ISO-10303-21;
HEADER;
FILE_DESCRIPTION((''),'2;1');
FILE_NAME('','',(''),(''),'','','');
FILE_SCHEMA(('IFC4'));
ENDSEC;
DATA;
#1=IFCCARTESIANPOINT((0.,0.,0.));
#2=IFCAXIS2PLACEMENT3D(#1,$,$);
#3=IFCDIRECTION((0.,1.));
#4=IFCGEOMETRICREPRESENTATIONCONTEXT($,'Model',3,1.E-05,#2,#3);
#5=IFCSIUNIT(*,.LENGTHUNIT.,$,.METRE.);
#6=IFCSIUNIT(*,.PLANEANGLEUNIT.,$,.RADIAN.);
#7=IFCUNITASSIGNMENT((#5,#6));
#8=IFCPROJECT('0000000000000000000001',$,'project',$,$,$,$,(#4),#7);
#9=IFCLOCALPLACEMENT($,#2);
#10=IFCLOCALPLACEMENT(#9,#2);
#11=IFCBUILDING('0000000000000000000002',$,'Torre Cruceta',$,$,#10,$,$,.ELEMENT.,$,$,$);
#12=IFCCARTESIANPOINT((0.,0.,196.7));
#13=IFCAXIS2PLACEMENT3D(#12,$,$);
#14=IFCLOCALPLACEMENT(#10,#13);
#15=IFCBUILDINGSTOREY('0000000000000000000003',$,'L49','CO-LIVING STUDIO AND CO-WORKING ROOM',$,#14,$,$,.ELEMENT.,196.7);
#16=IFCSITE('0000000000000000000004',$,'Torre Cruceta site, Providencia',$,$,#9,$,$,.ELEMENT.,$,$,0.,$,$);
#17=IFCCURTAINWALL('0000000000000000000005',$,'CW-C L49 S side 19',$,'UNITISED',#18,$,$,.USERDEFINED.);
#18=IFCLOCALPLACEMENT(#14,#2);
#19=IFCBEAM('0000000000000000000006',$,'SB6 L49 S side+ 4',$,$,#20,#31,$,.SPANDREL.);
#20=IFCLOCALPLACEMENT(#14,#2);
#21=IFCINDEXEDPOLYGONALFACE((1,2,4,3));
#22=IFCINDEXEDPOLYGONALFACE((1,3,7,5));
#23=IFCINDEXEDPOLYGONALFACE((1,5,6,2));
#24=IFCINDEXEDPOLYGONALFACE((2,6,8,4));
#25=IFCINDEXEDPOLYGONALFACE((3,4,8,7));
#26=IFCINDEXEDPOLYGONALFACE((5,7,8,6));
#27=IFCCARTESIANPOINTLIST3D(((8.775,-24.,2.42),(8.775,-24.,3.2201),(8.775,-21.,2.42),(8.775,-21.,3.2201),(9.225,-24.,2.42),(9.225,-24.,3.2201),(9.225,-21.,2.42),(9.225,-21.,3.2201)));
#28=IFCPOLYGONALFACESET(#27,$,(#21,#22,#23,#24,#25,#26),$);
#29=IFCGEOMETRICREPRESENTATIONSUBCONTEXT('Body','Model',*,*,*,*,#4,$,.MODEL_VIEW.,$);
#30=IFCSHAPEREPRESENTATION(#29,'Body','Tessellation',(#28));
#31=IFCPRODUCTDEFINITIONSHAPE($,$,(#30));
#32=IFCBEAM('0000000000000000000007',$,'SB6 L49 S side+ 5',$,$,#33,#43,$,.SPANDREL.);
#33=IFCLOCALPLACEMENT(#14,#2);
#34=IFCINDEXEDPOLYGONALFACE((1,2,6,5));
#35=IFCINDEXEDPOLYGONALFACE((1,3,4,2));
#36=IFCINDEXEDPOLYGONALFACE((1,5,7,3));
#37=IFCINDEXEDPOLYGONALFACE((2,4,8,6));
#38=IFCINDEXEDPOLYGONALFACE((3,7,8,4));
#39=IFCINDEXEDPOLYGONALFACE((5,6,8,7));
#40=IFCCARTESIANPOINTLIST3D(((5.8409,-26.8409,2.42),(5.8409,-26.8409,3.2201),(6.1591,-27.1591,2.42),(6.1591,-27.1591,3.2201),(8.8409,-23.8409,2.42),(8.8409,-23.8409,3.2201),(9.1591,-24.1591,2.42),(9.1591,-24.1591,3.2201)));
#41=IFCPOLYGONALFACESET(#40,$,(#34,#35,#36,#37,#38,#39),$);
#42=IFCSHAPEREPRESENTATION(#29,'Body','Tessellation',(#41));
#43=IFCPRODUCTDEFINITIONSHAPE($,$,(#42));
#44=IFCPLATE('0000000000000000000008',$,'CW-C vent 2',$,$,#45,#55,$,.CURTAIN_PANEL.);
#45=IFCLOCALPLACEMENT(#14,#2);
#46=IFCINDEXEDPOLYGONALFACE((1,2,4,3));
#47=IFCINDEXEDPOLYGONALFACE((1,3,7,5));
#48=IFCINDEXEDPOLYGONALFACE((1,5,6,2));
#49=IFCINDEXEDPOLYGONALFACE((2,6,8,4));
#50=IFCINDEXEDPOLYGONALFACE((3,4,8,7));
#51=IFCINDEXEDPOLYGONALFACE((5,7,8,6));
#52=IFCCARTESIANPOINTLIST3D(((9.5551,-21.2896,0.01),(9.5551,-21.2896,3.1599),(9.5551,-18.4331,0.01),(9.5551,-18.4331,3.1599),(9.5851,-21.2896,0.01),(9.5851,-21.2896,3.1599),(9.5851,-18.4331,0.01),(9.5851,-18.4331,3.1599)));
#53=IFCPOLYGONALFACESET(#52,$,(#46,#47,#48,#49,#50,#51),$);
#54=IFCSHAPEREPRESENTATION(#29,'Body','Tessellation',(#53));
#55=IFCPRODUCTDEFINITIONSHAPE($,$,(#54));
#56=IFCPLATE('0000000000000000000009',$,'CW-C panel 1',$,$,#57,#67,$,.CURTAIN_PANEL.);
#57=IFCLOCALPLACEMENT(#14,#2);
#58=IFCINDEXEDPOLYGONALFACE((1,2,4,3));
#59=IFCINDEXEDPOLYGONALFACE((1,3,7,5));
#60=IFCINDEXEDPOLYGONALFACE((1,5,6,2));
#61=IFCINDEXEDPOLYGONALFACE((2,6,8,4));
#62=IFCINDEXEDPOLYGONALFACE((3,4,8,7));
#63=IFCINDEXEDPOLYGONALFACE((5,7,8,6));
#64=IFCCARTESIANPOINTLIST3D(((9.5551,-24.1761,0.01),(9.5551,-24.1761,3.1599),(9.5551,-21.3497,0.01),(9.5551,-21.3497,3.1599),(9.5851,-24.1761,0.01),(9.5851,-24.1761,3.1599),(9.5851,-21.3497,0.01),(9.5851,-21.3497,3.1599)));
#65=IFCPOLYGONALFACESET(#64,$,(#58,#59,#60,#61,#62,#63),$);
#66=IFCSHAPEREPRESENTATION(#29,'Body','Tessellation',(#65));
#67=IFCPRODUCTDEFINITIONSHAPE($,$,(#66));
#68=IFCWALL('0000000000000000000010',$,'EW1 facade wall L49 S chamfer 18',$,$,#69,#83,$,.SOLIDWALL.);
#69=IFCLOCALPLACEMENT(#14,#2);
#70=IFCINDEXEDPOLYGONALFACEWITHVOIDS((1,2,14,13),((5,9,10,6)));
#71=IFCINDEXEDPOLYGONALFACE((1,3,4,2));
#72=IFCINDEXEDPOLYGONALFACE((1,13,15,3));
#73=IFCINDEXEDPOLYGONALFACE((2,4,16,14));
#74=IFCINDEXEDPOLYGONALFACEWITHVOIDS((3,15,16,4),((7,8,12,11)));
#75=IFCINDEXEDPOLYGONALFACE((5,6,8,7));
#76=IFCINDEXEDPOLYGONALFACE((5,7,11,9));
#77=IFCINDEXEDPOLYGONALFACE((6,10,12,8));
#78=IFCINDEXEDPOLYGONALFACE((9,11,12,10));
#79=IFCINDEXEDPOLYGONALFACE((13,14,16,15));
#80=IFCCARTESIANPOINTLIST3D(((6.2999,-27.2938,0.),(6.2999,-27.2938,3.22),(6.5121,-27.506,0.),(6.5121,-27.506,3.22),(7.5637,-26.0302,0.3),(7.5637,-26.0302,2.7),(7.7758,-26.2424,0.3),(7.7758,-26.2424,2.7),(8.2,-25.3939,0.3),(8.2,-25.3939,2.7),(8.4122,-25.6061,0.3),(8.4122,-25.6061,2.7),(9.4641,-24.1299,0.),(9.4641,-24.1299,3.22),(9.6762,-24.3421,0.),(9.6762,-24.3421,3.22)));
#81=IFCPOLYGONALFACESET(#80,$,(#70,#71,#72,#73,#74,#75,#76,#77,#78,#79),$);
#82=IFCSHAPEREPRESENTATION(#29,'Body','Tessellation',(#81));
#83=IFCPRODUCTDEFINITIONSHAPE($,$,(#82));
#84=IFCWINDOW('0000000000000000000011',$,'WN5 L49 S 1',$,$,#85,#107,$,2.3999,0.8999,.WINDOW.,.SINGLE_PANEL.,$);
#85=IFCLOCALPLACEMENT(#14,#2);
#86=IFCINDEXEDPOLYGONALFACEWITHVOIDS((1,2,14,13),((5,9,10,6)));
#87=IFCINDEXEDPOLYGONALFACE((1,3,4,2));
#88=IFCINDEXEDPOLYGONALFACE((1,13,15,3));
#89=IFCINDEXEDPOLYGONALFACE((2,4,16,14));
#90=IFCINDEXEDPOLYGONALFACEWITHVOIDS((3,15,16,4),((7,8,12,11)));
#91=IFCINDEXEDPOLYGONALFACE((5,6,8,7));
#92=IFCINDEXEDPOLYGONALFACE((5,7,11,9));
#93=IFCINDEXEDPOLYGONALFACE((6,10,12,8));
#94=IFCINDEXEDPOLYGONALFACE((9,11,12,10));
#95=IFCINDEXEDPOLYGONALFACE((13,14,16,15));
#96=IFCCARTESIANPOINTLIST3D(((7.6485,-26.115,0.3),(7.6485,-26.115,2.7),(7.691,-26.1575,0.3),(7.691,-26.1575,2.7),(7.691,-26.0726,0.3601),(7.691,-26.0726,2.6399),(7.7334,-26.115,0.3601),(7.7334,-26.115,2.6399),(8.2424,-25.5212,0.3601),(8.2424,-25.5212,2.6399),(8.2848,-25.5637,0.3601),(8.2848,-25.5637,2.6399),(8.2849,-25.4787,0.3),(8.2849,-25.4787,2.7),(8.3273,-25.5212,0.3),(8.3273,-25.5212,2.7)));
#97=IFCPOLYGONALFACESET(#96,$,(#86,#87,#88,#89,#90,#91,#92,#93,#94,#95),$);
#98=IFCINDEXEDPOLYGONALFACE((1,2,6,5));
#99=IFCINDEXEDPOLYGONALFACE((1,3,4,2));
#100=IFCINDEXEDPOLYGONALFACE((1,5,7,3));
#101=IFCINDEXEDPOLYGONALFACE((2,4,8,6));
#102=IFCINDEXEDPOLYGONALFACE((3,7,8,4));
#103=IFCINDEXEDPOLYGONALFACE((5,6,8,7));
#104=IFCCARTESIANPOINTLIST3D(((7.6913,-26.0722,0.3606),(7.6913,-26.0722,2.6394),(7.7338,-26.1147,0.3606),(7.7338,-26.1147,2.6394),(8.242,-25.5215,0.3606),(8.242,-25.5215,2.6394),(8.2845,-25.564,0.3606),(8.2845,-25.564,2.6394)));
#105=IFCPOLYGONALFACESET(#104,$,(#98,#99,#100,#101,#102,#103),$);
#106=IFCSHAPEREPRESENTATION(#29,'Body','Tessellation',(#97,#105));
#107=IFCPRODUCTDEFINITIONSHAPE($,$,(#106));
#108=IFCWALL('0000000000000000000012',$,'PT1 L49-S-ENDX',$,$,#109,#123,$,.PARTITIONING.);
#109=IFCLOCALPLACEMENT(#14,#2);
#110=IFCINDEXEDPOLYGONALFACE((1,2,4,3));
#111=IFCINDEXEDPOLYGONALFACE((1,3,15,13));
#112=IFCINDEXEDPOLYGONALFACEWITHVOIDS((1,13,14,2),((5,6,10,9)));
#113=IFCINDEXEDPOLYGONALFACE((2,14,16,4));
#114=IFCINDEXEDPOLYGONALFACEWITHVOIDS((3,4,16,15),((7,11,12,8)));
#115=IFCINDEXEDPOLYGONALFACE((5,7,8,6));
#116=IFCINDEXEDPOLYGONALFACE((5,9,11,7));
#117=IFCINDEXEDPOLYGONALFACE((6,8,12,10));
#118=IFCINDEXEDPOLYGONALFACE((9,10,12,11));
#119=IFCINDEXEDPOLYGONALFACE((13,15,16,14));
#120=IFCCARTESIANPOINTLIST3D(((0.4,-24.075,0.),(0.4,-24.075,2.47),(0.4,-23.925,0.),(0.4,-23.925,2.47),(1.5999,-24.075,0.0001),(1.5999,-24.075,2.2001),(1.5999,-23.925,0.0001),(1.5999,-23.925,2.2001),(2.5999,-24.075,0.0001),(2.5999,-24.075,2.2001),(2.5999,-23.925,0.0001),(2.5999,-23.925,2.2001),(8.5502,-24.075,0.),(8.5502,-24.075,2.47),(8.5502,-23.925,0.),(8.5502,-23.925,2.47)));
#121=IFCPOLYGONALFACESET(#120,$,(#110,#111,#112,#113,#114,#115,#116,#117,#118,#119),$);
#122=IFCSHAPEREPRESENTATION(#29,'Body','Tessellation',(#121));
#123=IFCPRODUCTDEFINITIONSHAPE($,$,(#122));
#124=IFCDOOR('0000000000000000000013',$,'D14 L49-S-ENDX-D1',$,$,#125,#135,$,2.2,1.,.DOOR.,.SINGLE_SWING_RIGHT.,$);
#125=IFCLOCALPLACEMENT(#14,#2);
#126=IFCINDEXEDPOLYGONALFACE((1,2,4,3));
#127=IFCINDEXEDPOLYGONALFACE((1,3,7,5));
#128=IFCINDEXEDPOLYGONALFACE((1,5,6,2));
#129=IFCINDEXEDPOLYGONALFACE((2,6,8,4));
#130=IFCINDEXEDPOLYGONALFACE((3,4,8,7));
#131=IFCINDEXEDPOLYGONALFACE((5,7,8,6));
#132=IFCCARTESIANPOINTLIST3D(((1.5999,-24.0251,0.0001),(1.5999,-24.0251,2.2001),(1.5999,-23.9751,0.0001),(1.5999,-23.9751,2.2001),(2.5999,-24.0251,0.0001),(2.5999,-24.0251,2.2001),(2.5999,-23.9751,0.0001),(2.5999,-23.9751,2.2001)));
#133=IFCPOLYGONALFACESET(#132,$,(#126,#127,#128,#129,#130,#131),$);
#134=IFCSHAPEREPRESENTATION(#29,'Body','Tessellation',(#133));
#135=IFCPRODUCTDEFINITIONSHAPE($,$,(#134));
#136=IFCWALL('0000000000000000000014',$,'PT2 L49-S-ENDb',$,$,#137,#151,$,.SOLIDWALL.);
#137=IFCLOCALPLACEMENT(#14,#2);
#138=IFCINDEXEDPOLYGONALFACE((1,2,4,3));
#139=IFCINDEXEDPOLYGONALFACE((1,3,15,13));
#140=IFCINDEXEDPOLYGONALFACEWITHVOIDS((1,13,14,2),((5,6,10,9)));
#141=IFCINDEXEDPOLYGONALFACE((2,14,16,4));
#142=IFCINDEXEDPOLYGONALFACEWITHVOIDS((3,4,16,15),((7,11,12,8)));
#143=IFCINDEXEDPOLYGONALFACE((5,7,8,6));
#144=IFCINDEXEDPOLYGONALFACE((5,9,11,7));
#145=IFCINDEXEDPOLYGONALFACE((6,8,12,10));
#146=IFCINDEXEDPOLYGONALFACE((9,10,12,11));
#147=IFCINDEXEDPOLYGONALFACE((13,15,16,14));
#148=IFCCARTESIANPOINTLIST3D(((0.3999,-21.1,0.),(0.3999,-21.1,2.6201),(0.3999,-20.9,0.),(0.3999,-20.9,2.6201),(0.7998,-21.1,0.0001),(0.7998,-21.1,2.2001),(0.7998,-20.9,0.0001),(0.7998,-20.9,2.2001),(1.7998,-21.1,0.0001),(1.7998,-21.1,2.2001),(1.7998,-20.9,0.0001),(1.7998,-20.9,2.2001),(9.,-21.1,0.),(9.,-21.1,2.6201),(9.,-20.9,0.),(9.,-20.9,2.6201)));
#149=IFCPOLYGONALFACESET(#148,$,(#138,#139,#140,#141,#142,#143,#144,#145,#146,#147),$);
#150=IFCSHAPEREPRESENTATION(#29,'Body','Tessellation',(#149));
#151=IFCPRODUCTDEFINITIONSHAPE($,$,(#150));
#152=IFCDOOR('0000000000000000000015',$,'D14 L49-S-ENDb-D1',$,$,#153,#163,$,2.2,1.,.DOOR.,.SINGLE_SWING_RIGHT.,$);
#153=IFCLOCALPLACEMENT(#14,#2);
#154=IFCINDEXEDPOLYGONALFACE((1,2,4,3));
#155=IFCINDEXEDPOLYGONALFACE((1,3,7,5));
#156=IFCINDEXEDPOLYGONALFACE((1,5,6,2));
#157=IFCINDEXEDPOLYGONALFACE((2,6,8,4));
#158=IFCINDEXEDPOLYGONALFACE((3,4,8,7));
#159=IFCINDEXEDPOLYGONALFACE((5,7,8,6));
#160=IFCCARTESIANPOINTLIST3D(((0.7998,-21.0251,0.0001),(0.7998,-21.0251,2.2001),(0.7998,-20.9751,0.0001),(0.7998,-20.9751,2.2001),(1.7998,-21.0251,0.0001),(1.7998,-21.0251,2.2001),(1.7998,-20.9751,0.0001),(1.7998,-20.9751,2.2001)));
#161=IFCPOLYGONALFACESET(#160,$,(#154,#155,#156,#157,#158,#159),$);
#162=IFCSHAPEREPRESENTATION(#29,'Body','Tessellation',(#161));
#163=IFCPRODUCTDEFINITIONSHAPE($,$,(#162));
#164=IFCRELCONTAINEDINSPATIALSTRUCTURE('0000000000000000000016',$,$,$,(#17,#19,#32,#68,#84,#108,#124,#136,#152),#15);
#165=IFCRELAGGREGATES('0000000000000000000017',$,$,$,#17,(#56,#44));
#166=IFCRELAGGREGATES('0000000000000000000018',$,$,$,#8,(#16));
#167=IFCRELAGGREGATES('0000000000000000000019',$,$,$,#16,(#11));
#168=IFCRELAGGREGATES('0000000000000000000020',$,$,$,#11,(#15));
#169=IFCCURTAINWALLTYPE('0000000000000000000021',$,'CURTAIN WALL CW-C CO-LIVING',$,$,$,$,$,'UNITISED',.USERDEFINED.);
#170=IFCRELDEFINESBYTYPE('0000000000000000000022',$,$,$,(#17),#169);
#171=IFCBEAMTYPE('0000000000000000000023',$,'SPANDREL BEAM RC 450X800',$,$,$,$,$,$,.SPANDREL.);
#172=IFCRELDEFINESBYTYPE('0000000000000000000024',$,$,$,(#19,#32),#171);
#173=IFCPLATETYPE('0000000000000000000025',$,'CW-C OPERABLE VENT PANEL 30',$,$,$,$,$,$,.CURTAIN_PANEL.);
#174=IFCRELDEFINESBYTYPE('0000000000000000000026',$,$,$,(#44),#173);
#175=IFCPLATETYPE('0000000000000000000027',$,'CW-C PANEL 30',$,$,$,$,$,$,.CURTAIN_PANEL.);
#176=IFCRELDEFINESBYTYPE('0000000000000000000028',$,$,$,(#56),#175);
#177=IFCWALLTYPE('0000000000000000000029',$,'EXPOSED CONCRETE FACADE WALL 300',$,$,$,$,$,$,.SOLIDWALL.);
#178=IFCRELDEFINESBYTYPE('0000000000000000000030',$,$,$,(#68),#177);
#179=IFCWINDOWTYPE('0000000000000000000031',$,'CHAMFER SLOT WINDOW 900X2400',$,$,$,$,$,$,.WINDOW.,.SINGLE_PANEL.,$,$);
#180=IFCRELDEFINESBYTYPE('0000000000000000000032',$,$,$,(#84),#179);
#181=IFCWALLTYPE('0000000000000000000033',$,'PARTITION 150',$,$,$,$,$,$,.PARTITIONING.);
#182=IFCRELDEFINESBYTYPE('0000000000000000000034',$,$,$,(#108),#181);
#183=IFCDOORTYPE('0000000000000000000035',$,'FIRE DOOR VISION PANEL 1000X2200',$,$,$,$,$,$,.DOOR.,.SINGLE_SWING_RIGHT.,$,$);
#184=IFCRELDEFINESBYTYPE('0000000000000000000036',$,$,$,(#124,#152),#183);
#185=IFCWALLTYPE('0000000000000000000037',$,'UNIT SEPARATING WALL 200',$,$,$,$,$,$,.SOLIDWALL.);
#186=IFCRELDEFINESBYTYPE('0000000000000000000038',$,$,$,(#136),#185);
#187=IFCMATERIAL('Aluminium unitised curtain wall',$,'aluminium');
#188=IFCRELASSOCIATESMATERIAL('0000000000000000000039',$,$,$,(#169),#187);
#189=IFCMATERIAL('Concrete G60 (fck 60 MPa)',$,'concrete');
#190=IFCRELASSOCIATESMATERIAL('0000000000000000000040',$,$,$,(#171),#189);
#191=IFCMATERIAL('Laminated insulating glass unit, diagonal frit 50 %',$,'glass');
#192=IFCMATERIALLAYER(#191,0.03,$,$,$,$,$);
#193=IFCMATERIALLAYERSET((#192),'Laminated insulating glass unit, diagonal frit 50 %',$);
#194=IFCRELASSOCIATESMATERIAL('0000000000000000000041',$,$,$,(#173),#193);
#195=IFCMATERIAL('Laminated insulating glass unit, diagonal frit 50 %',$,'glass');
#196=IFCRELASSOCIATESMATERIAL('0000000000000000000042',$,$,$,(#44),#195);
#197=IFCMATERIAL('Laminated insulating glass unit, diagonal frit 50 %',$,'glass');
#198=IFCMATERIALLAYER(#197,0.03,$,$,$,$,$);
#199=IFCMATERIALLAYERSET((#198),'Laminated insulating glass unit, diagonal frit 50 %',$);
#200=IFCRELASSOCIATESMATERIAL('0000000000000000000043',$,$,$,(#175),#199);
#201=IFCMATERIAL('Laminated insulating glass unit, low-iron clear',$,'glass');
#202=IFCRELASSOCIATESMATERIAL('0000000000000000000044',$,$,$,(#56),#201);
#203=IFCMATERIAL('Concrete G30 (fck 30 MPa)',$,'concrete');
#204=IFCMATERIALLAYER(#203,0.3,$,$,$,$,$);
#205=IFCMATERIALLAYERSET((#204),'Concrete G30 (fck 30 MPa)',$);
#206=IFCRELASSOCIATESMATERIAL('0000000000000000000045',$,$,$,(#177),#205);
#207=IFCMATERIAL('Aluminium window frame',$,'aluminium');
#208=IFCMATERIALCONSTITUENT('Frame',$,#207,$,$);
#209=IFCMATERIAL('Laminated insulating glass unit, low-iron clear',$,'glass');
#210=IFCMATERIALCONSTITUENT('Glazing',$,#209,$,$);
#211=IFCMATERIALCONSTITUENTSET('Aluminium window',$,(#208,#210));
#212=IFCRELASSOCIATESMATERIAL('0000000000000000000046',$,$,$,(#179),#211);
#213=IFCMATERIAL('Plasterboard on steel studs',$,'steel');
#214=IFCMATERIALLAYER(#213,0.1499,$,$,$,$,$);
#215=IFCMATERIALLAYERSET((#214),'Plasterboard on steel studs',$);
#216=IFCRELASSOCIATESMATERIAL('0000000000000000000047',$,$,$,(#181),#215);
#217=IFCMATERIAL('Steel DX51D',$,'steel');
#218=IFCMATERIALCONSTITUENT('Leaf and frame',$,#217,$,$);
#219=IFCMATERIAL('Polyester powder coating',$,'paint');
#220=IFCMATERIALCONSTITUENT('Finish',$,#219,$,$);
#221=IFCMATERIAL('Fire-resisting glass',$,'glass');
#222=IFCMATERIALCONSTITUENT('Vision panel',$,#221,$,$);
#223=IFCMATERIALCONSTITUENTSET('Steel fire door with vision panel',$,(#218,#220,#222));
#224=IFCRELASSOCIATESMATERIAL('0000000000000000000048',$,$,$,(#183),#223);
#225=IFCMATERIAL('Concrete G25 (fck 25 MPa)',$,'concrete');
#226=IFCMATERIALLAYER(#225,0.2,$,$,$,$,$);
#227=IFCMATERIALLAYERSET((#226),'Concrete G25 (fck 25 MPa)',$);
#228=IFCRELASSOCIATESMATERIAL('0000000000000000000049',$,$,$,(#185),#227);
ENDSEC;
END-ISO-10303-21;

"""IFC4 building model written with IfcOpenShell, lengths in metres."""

from ifc_helpers import new_model, si_unit, direction, frame, frame_2d, origin, origin_2d, place, context, subcontext, project, spatial, rectangle, hollow_rectangle, extrude, material, layer, layer_set, constituent, constituent_set, material_profile, profile_set, type_object, element, fill, aggregate, save


model = new_model("IFC4")

# Units and contexts
model_context = context("Model", 3, precision=1e-05, world=origin(), true_north=direction((0.0, 1.0)))
body_context = subcontext(model_context, "Body", "Model", "MODEL_VIEW")
ifc_project = project(units=[si_unit("LENGTHUNIT", "METRE"), si_unit("PLANEANGLEUNIT", "RADIAN")], contexts=[model_context])

# Site, building, storey
site_placement = place(None, origin())
site = spatial("IfcSite", under=ifc_project, at=site_placement, Name="Torre Cruceta site, Providencia", CompositionType="ELEMENT", RefElevation=0.0)
building_placement = place(site_placement, origin())
building = spatial("IfcBuilding", under=site, at=building_placement, Name="Torre Cruceta", CompositionType="ELEMENT")
storey_placement = place(building_placement, frame((0.0, 0.0, 196.7)))
storey = spatial("IfcBuildingStorey", under=building, at=storey_placement, Name="L49", Description="CO-LIVING STUDIO AND CO-WORKING ROOM", CompositionType="ELEMENT", Elevation=196.7)

# Curtain wall
ifc_material_1 = material(Name="Aluminium unitised curtain wall", Category="aluminium")
curtain_wall_type = type_object("IfcCurtainWallType", Name="CURTAIN WALL CW-C CO-LIVING", ElementType="UNITISED", PredefinedType="USERDEFINED", material=ifc_material_1)
curtain_wall_placement = place(storey_placement, origin())
curtain_wall = element("IfcCurtainWall", 1, at=curtain_wall_placement, inside=storey, type_object=curtain_wall_type, Name="CW-C L49 S side 19", ObjectType="UNITISED", PredefinedType="USERDEFINED")

# Beams
ifc_material_2 = material(Name="Concrete G60 (fck 60 MPa)", Category="concrete")
ifc_material_profile_1 = material_profile(ifc_material_2, rectangle(XDim=0.45, YDim=0.8, at=origin_2d()), Name="RC 450X800")
ifc_profile_set_1 = profile_set([ifc_material_profile_1], Name="Concrete G60 (fck 60 MPa)")
beam_type_1 = type_object("IfcBeamType", Name="SPANDREL BEAM RC 450X800", PredefinedType="SPANDREL", material=ifc_profile_set_1)
beam_1_placement = place(storey_placement, frame((9.0, -21.0, 2.8201), z_axis=(0.0, -1.0, 0.0), x_axis=(1.0, 0.0, 0.0)))
element("IfcBeam", 2, at=beam_1_placement, inside=storey, type_object=beam_type_1, Name="SB6 L49 S side+ 4", PredefinedType="SPANDREL", context=body_context, shape_type="SweptSolid", body=[
    extrude(rectangle(XDim=0.45, YDim=0.8, at=origin_2d()), origin(), (0.0, 0.0, 1.0), 3.0),
])
beam_2_placement = place(storey_placement, frame((9.0, -24.0, 2.8201), z_axis=(-0.707107, -0.707107, 0.0), x_axis=(0.707107, -0.707107, 0.0)))
element("IfcBeam", 3, at=beam_2_placement, inside=storey, type_object=beam_type_1, Name="SB6 L49 S side+ 5", PredefinedType="SPANDREL", context=body_context, shape_type="SweptSolid", body=[
    extrude(rectangle(XDim=0.45, YDim=0.8, at=origin_2d()), origin(), (0.0, 0.0, 1.0), 4.2427),
])

# Plates
ifc_material_3 = material(Name="Laminated insulating glass unit, diagonal frit 50 %", Category="glass")
ifc_material_4 = material(Name="Laminated insulating glass unit, diagonal frit 50 %", Category="glass")
ifc_layer_1 = layer(ifc_material_4, 0.03)
ifc_layer_set_1 = layer_set([ifc_layer_1], Name="Laminated insulating glass unit, diagonal frit 50 %")
plate_type_1 = type_object("IfcPlateType", Name="CW-C OPERABLE VENT PANEL 30", PredefinedType="CURTAIN_PANEL", material=ifc_layer_set_1)
plate_1_placement = place(storey_placement, frame((9.5701, -19.8613, 0.01), z_axis=(0.0, 0.0, 1.0), x_axis=(0.0, 1.0, 0.0)))
plate_1 = element("IfcPlate", 4, at=plate_1_placement, type_object=plate_type_1, material=ifc_material_3, Name="CW-C vent 2", PredefinedType="CURTAIN_PANEL", context=body_context, shape_type="SweptSolid", body=[
    extrude(rectangle(XDim=2.8564, YDim=0.03, at=origin_2d()), origin(), (0.0, 0.0, 1.0), 3.1499),
])
ifc_material_5 = material(Name="Laminated insulating glass unit, low-iron clear", Category="glass")
ifc_material_6 = material(Name="Laminated insulating glass unit, diagonal frit 50 %", Category="glass")
ifc_layer_2 = layer(ifc_material_6, 0.03)
ifc_layer_set_2 = layer_set([ifc_layer_2], Name="Laminated insulating glass unit, diagonal frit 50 %")
plate_type_2 = type_object("IfcPlateType", Name="CW-C PANEL 30", PredefinedType="CURTAIN_PANEL", material=ifc_layer_set_2)
plate_2_placement = place(storey_placement, frame((9.5701, -22.7629, 0.01), z_axis=(0.0, 0.0, 1.0), x_axis=(0.0, 1.0, 0.0)))
plate_2 = element("IfcPlate", 5, at=plate_2_placement, type_object=plate_type_2, material=ifc_material_5, Name="CW-C panel 1", PredefinedType="CURTAIN_PANEL", context=body_context, shape_type="SweptSolid", body=[
    extrude(rectangle(XDim=2.8264, YDim=0.03, at=origin_2d()), origin(), (0.0, 0.0, 1.0), 3.1499),
])
aggregate(curtain_wall, [plate_2, plate_1])

# Wall, opening, window
ifc_material_7 = material(Name="Concrete G30 (fck 30 MPa)", Category="concrete")
ifc_layer_3 = layer(ifc_material_7, 0.3)
ifc_layer_set_3 = layer_set([ifc_layer_3], Name="Concrete G30 (fck 30 MPa)")
wall_type_1 = type_object("IfcWallType", Name="EXPOSED CONCRETE FACADE WALL 300", PredefinedType="SOLIDWALL", material=ifc_layer_set_3)
wall_1_placement = place(storey_placement, frame((6.406, -27.3999, 0.0), z_axis=(0.0, 0.0, 1.0), x_axis=(0.707134, 0.707079, 0.0)))
wall_1 = element("IfcWall", 6, at=wall_1_placement, inside=storey, type_object=wall_type_1, Name="EW1 facade wall L49 S chamfer 18", PredefinedType="SOLIDWALL", context=body_context, shape_type="SweptSolid", body=[
    extrude(rectangle(XDim=4.4746, YDim=0.3, at=frame_2d((2.2373, 0.0))), origin(), (0.0, 0.0, 1.0), 3.22),
])
opening_1_placement = place(wall_1_placement, frame((1.7871, 0.0, 0.3)))
opening_1 = element("IfcOpeningElement", 7, at=opening_1_placement, cuts=wall_1, PredefinedType="OPENING", context=body_context, shape_type="SweptSolid", body=[
    extrude(rectangle(XDim=0.8999, YDim=2.3999, at=frame_2d((0.45, 1.2))), frame((0.0, 0.1599, 0.0), z_axis=(0.0, -1.0, 0.0), x_axis=(1.0, 0.0, 0.0)), (0.0, 0.0, 1.0), 0.3201),
])
ifc_material_8 = material(Name="Aluminium window frame", Category="aluminium")
ifc_constituent_1 = constituent(ifc_material_8, Name="Frame")
ifc_material_9 = material(Name="Laminated insulating glass unit, low-iron clear", Category="glass")
ifc_constituent_2 = constituent(ifc_material_9, Name="Glazing")
ifc_constituent_set_1 = constituent_set(constituents=[ifc_constituent_1, ifc_constituent_2], Name="Aluminium window")
window_type = type_object("IfcWindowType", Name="CHAMFER SLOT WINDOW 900X2400", PartitioningType="SINGLE_PANEL", PredefinedType="WINDOW", material=ifc_constituent_set_1)
window_placement = place(opening_1_placement, origin())
window = element("IfcWindow", 8, at=window_placement, inside=storey, type_object=window_type, Name="WN5 L49 S 1", OverallHeight=2.3999, OverallWidth=0.8999, PartitioningType="SINGLE_PANEL", PredefinedType="WINDOW", context=body_context, shape_type="SweptSolid", body=[
    extrude(hollow_rectangle(XDim=0.8999, YDim=2.3999, WallThickness=0.0601, at=frame_2d((0.45, 1.2))), frame((0.0, 0.03, 0.0), z_axis=(0.0, -1.0, 0.0), x_axis=(1.0, 0.0, 0.0)), (0.0, 0.0, 1.0), 0.0601),
    extrude(rectangle(XDim=0.7788, YDim=2.2788, at=frame_2d((0.45, 1.2))), frame((0.0, 0.03, 0.0), z_axis=(0.0, -1.0, 0.0), x_axis=(1.0, 0.0, 0.0)), (0.0, 0.0, 1.0), 0.0601),
])
fill(opening_1, window)

# Walls, openings, doors
ifc_material_10 = material(Name="Plasterboard on steel studs", Category="steel")
ifc_layer_4 = layer(ifc_material_10, 0.1499)
ifc_layer_set_4 = layer_set([ifc_layer_4], Name="Plasterboard on steel studs")
wall_type_2 = type_object("IfcWallType", Name="PARTITION 150", PredefinedType="PARTITIONING", material=ifc_layer_set_4)
wall_2_placement = place(storey_placement, frame((0.3999, -24.0, 0.0), z_axis=(0.0, 0.0, 1.0), x_axis=(1.0, 0.0, 0.0)))
wall_2 = element("IfcWall", 9, at=wall_2_placement, inside=storey, type_object=wall_type_2, Name="PT1 L49-S-ENDX", PredefinedType="PARTITIONING", context=body_context, shape_type="SweptSolid", body=[
    extrude(rectangle(XDim=8.1501, YDim=0.1499, at=frame_2d((4.0752, 0.0))), origin(), (0.0, 0.0, 1.0), 2.47),
])
opening_2_placement = place(wall_2_placement, frame((1.2, 0.0, 0.0)))
opening_2 = element("IfcOpeningElement", 10, at=opening_2_placement, cuts=wall_2, PredefinedType="OPENING", context=body_context, shape_type="SweptSolid", body=[
    extrude(rectangle(XDim=1.0, YDim=2.2, at=frame_2d((0.5, 1.1001))), frame((0.0, 0.085, 0.0), z_axis=(0.0, -1.0, 0.0), x_axis=(1.0, 0.0, 0.0)), (0.0, 0.0, 1.0), 0.1699),
])
ifc_material_11 = material(Name="Steel DX51D", Category="steel")
ifc_constituent_3 = constituent(ifc_material_11, Name="Leaf and frame")
ifc_material_12 = material(Name="Polyester powder coating", Category="paint")
ifc_constituent_4 = constituent(ifc_material_12, Name="Finish")
ifc_material_13 = material(Name="Fire-resisting glass", Category="glass")
ifc_constituent_5 = constituent(ifc_material_13, Name="Vision panel")
ifc_constituent_set_2 = constituent_set(constituents=[ifc_constituent_3, ifc_constituent_4, ifc_constituent_5], Name="Steel fire door with vision panel")
door_type = type_object("IfcDoorType", Name="FIRE DOOR VISION PANEL 1000X2200", OperationType="SINGLE_SWING_RIGHT", PredefinedType="DOOR", material=ifc_constituent_set_2)
door_1_placement = place(opening_2_placement, frame((1.0, 0.0, 0.0), z_axis=(0.0, 0.0, 1.0), x_axis=(-1.0, 0.0, 0.0)))
door_1 = element("IfcDoor", 11, at=door_1_placement, inside=storey, type_object=door_type, Name="D14 L49-S-ENDX-D1", OperationType="SINGLE_SWING_RIGHT", OverallHeight=2.2, OverallWidth=1.0, PredefinedType="DOOR", context=body_context, shape_type="SweptSolid", body=[
    extrude(rectangle(XDim=1.0, YDim=2.2, at=frame_2d((0.5, 1.1001))), frame((0.0, 0.0251, 0.0), z_axis=(0.0, -1.0, 0.0), x_axis=(1.0, 0.0, 0.0)), (0.0, 0.0, 1.0), 0.05),
])
fill(opening_2, door_1)
ifc_material_14 = material(Name="Concrete G25 (fck 25 MPa)", Category="concrete")
ifc_layer_5 = layer(ifc_material_14, 0.2)
ifc_layer_set_5 = layer_set([ifc_layer_5], Name="Concrete G25 (fck 25 MPa)")
wall_type_3 = type_object("IfcWallType", Name="UNIT SEPARATING WALL 200", PredefinedType="SOLIDWALL", material=ifc_layer_set_5)
wall_3_placement = place(storey_placement, frame((0.3999, -21.0, 0.0), z_axis=(0.0, 0.0, 1.0), x_axis=(1.0, 0.0, 0.0)))
wall_3 = element("IfcWall", 12, at=wall_3_placement, inside=storey, type_object=wall_type_3, Name="PT2 L49-S-ENDb", PredefinedType="SOLIDWALL", context=body_context, shape_type="SweptSolid", body=[
    extrude(rectangle(XDim=8.6001, YDim=0.2, at=frame_2d((4.3, 0.0))), origin(), (0.0, 0.0, 1.0), 2.6201),
])
opening_3_placement = place(wall_3_placement, frame((0.3999, 0.0, 0.0)))
opening_3 = element("IfcOpeningElement", 13, at=opening_3_placement, cuts=wall_3, PredefinedType="OPENING", context=body_context, shape_type="SweptSolid", body=[
    extrude(rectangle(XDim=1.0, YDim=2.2, at=frame_2d((0.5, 1.1001))), frame((0.0, 0.1099, 0.0), z_axis=(0.0, -1.0, 0.0), x_axis=(1.0, 0.0, 0.0)), (0.0, 0.0, 1.0), 0.22),
])
door_2_placement = place(opening_3_placement, frame((1.0, 0.0, 0.0), z_axis=(0.0, 0.0, 1.0), x_axis=(-1.0, 0.0, 0.0)))
door_2 = element("IfcDoor", 14, at=door_2_placement, inside=storey, type_object=door_type, Name="D14 L49-S-ENDb-D1", OperationType="SINGLE_SWING_RIGHT", OverallHeight=2.2, OverallWidth=1.0, PredefinedType="DOOR", context=body_context, shape_type="SweptSolid", body=[
    extrude(rectangle(XDim=1.0, YDim=2.2, at=frame_2d((0.5, 1.1001))), frame((0.0, 0.0251, 0.0), z_axis=(0.0, -1.0, 0.0), x_axis=(1.0, 0.0, 0.0)), (0.0, 0.0, 1.0), 0.05),
])
fill(opening_3, door_2)

save(model, "model.ifc")
